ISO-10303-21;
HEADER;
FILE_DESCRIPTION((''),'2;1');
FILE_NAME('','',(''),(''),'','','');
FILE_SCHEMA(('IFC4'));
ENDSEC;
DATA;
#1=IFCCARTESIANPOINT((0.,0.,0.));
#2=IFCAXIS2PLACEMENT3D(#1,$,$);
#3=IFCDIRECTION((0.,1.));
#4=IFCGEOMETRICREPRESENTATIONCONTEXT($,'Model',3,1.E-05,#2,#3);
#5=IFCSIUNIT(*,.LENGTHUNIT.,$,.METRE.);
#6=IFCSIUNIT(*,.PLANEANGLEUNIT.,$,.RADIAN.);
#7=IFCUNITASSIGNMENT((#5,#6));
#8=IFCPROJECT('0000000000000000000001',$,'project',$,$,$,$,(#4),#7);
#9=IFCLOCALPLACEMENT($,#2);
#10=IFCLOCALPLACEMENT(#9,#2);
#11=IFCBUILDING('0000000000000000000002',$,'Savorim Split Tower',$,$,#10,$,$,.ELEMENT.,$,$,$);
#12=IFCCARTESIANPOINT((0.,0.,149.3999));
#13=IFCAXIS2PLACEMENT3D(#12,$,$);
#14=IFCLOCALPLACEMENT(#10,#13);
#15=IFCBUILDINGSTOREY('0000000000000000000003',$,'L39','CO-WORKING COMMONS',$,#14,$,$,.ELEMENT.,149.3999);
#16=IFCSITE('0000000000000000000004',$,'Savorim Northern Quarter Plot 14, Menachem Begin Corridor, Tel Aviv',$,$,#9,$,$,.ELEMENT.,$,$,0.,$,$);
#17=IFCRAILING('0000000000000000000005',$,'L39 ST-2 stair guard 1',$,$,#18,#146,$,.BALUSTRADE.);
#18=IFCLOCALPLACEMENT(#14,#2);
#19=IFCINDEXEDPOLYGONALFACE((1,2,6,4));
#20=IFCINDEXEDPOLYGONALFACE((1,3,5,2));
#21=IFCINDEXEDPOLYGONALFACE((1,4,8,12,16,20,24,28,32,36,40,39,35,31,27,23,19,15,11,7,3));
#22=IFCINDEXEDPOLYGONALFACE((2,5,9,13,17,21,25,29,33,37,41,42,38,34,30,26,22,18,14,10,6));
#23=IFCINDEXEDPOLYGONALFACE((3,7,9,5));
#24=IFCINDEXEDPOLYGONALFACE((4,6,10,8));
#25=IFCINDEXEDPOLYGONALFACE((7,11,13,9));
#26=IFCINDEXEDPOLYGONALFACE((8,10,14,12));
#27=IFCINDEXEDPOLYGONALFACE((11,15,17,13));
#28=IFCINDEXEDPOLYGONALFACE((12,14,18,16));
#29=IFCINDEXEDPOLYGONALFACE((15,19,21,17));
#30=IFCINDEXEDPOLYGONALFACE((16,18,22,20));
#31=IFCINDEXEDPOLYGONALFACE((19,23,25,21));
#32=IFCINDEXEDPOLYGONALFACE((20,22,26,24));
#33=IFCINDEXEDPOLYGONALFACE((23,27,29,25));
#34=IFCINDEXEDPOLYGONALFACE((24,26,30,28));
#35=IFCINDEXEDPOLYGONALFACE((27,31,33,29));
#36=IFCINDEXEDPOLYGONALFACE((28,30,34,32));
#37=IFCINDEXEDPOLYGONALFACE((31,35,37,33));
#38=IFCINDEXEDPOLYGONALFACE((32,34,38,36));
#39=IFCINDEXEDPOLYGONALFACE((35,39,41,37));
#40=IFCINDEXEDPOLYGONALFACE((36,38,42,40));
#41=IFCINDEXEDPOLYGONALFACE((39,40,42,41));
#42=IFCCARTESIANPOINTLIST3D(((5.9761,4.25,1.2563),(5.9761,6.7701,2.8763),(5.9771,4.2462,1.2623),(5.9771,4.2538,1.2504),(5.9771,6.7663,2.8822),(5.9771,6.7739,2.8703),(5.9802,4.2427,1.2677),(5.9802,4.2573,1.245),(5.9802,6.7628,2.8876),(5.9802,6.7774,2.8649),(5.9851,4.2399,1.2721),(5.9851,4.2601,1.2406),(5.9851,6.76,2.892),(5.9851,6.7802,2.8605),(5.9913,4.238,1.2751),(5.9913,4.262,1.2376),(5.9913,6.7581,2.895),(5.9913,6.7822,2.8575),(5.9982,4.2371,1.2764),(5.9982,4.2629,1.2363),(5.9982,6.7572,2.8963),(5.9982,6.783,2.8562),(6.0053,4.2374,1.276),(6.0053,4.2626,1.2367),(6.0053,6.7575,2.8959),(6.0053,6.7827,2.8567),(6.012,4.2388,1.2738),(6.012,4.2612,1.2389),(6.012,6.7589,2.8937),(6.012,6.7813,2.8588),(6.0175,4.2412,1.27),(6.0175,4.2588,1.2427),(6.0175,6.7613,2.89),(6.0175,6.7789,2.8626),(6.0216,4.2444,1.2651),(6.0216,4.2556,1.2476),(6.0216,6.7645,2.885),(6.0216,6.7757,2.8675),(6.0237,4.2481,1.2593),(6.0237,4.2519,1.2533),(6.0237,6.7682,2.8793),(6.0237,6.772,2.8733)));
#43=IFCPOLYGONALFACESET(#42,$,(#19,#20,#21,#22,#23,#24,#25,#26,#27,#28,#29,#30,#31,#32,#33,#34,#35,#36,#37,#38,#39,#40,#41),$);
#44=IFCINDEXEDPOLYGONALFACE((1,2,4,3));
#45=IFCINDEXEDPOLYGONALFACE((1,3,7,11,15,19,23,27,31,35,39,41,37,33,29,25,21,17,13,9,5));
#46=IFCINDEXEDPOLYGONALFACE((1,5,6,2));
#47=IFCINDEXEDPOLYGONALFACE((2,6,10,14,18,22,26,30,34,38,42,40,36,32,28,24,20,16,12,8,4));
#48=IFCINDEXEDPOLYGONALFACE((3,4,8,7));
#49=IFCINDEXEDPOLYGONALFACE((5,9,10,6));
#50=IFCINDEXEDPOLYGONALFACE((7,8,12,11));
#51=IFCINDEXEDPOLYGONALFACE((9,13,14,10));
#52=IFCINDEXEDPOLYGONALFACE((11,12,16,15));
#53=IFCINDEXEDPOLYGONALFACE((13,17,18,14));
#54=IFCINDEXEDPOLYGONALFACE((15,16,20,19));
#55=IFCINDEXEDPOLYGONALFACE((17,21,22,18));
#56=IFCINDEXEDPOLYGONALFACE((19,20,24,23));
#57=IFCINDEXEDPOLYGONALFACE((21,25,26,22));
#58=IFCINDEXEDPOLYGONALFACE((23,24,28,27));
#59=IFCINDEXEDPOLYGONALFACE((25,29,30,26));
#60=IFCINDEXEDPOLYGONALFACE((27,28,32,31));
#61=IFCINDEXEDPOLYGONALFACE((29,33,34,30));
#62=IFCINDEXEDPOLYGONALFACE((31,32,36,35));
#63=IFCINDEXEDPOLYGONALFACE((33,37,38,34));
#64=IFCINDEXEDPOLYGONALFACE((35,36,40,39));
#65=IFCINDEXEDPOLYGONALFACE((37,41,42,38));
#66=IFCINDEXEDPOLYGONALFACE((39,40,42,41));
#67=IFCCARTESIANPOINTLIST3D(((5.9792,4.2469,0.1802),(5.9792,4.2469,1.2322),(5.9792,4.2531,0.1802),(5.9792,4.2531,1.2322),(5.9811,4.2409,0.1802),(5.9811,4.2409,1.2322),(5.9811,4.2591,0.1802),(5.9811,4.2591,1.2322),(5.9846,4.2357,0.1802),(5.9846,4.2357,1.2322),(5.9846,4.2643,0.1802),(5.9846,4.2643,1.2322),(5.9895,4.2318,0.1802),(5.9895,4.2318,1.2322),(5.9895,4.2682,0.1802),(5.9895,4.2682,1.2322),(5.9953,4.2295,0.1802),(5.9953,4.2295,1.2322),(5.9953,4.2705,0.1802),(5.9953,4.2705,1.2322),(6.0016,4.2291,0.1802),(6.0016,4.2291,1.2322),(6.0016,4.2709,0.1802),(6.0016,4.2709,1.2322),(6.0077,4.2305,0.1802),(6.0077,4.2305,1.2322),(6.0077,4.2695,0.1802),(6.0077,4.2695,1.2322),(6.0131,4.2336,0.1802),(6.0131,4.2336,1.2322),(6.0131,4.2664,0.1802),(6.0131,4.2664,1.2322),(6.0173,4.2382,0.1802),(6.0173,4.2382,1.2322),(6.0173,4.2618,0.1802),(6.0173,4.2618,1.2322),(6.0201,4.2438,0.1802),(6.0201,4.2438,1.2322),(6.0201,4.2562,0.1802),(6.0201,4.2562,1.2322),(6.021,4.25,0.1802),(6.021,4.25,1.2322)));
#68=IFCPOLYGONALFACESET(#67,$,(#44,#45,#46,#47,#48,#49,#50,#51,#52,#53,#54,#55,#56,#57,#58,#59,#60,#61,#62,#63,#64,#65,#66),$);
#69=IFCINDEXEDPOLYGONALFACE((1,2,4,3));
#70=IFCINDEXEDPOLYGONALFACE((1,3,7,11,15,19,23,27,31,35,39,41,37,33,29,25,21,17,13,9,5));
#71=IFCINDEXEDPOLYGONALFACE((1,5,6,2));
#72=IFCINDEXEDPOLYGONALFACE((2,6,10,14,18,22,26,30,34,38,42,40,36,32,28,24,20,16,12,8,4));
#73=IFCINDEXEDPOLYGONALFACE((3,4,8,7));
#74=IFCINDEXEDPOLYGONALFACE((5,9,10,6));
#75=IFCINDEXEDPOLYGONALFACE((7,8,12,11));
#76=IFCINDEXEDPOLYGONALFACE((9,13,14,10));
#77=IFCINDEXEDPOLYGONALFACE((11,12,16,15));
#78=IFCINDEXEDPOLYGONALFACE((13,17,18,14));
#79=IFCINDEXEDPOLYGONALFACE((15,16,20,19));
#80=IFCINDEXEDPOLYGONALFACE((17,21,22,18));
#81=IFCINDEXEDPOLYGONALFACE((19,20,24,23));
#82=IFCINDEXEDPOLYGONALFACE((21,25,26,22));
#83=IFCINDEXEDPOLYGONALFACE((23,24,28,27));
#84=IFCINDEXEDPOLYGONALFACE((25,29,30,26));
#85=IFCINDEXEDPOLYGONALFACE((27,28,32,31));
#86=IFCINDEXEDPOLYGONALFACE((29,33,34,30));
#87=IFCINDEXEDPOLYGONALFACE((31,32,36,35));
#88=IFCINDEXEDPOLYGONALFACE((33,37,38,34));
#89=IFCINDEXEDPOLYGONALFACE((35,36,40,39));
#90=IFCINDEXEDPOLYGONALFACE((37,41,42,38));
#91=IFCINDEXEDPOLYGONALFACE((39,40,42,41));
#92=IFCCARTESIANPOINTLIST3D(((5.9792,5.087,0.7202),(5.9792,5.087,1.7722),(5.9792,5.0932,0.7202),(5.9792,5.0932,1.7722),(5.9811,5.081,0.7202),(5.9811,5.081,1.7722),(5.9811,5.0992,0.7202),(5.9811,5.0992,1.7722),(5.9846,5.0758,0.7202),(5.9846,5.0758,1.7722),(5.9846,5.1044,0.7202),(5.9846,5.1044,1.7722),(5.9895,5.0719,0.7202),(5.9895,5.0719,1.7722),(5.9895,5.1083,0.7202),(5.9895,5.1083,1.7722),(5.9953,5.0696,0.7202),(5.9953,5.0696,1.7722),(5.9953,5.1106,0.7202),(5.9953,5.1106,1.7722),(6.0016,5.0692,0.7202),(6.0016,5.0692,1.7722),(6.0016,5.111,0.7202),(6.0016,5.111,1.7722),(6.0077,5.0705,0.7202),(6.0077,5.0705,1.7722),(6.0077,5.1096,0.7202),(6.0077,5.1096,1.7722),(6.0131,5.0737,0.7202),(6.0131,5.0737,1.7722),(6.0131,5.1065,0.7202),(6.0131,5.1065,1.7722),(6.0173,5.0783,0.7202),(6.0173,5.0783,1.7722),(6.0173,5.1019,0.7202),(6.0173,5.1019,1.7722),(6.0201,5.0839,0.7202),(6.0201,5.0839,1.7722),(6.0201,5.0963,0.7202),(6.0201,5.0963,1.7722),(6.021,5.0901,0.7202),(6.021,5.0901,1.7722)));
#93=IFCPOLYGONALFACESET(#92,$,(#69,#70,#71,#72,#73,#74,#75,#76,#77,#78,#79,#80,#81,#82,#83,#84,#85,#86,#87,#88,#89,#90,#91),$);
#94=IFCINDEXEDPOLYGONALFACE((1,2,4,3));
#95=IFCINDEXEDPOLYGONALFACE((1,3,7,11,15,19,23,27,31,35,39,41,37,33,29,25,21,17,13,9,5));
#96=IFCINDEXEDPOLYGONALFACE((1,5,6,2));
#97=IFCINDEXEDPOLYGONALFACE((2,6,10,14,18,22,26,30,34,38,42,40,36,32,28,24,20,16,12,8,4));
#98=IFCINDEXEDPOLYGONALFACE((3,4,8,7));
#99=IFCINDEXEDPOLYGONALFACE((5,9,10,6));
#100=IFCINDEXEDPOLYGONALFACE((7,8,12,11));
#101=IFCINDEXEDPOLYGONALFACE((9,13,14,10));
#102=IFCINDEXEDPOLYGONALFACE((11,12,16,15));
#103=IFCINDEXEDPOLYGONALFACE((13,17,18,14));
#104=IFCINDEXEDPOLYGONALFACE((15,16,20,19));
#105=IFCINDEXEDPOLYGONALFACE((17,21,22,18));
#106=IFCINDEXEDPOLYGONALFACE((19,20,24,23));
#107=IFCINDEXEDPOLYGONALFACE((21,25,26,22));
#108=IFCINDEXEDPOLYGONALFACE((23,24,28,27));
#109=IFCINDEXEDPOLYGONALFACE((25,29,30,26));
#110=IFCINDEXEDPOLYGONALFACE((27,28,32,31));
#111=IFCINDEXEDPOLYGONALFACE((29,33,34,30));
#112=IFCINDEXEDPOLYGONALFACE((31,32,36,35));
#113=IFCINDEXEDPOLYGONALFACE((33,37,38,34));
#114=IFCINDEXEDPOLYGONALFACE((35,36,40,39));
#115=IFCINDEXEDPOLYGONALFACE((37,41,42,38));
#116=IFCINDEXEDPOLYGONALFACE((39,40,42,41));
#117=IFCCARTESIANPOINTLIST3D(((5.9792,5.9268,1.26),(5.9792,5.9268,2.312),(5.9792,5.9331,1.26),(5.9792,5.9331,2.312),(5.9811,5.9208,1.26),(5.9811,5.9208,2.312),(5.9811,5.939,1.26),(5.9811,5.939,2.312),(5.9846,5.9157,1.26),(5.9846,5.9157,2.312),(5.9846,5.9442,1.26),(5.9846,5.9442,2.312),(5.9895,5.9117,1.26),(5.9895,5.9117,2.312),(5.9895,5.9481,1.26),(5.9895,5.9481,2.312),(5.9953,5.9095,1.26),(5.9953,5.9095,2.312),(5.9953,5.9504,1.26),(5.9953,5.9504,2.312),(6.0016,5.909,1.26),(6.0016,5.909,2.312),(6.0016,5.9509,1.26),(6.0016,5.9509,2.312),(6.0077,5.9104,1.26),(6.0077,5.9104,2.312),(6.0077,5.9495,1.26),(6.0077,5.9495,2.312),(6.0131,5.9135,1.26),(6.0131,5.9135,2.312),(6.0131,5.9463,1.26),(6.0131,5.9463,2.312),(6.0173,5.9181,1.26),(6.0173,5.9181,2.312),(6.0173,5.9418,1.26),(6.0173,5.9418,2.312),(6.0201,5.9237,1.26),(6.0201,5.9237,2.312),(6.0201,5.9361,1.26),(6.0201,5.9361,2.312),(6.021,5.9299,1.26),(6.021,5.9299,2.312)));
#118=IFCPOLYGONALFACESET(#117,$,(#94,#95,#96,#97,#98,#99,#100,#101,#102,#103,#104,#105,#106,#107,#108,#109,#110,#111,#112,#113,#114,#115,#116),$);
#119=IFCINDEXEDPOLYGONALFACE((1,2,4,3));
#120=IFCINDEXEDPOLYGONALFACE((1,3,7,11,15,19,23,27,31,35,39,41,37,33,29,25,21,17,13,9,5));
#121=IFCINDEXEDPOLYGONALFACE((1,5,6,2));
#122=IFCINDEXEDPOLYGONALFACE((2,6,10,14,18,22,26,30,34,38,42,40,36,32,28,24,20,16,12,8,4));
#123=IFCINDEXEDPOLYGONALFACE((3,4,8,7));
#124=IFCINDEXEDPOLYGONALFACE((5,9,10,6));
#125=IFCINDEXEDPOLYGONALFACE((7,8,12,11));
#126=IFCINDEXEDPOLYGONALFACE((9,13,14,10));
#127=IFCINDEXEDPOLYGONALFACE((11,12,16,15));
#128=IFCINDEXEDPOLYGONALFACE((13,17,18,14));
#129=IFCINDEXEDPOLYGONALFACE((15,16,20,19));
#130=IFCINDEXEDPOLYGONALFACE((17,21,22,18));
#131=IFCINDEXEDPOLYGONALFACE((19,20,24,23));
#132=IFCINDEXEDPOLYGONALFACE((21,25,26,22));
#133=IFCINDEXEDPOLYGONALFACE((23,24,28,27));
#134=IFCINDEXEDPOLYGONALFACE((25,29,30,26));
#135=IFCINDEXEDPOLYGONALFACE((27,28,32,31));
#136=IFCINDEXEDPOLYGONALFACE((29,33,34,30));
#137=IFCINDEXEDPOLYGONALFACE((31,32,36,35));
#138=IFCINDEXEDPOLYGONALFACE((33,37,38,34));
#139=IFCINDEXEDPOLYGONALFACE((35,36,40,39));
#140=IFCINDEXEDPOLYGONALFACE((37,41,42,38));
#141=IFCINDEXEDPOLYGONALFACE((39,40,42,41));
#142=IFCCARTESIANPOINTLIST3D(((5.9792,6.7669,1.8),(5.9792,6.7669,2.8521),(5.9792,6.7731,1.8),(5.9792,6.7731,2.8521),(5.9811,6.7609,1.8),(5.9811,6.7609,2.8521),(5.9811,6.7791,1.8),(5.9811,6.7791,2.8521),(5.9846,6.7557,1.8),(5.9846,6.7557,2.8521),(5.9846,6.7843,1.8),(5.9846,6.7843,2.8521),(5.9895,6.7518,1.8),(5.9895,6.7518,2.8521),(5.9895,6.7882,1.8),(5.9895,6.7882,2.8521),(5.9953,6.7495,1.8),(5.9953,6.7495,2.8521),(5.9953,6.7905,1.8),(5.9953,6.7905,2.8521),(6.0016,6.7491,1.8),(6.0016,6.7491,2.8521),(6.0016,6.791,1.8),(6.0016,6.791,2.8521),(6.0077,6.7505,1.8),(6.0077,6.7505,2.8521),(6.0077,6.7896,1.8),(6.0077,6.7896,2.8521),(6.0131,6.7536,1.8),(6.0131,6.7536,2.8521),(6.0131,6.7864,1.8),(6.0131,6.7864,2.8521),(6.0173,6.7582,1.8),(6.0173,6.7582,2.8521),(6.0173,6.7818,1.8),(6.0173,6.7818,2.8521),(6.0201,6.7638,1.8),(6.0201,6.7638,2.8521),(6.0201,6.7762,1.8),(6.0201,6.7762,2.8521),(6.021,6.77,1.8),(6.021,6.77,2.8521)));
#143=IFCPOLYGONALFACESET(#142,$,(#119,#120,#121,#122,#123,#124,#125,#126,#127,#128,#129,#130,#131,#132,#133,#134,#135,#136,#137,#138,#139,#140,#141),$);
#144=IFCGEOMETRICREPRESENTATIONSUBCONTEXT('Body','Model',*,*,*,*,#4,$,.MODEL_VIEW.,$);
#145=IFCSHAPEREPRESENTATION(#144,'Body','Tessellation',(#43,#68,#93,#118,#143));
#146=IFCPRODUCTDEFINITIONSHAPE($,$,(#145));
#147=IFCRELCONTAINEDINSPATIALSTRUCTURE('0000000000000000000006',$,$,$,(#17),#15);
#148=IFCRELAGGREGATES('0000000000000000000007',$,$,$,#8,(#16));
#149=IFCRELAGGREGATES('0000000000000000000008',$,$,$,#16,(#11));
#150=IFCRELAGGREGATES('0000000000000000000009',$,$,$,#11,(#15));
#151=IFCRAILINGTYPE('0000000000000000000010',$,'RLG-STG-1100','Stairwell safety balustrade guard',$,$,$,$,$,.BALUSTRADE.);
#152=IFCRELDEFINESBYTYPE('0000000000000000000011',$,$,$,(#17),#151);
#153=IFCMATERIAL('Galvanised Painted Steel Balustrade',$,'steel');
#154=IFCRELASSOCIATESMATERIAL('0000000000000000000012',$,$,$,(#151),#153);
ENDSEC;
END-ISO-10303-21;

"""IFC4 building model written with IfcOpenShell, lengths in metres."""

from ifc_helpers import new_model, si_unit, direction, frame, origin, origin_2d, place, context, subcontext, project, spatial, circle, extrude, material, type_object, element, save


model = new_model("IFC4")

# Units and contexts
model_context = context("Model", 3, precision=1e-05, world=origin(), true_north=direction((0.0, 1.0)))
body_context = subcontext(model_context, "Body", "Model", "MODEL_VIEW")
ifc_project = project(units=[si_unit("LENGTHUNIT", "METRE"), si_unit("PLANEANGLEUNIT", "RADIAN")], contexts=[model_context])

# Site, building, storey
site_placement = place(None, origin())
site = spatial("IfcSite", under=ifc_project, at=site_placement, Name="Savorim Northern Quarter Plot 14, Menachem Begin Corridor, Tel Aviv", CompositionType="ELEMENT", RefElevation=0.0)
building_placement = place(site_placement, origin())
building = spatial("IfcBuilding", under=site, at=building_placement, Name="Savorim Split Tower", CompositionType="ELEMENT")
storey_placement = place(building_placement, frame((0.0, 0.0, 149.3999)))
storey = spatial("IfcBuildingStorey", under=building, at=storey_placement, Name="L39", Description="CO-WORKING COMMONS", CompositionType="ELEMENT", Elevation=149.3999)

# Railing
ifc_material_1 = material(Name="Galvanised Painted Steel Balustrade", Category="steel")
railing_type_1 = type_object("IfcRailingType", Name="RLG-STG-1100", Description="Stairwell safety balustrade guard", PredefinedType="BALUSTRADE", material=ifc_material_1)
railing_1_placement = place(storey_placement, frame((6.0, 4.25, 0.1802)))
element("IfcRailing", 1, at=railing_1_placement, inside=storey, type_object=railing_type_1, Name="L39 ST-2 stair guard 1", PredefinedType="BALUSTRADE", context=body_context, shape_type="SweptSolid", body=[
    extrude(circle(Radius=0.0239, at=origin_2d()), frame((0.0, 0.0, 1.0762), z_axis=(0.0, 0.8412, 0.540725), x_axis=(-1.0, 0.0, 0.0)), (0.0, 0.0, 1.0), 2.9958),
    extrude(circle(Radius=0.021, at=origin_2d()), origin(), (0.0, 0.0, 1.0), 1.052),
    extrude(circle(Radius=0.021, at=origin_2d()), frame((0.0, 0.8401, 0.54)), (0.0, 0.0, 1.0), 1.052),
    extrude(circle(Radius=0.021, at=origin_2d()), frame((0.0, 1.6799, 1.0798)), (0.0, 0.0, 1.0), 1.052),
    extrude(circle(Radius=0.021, at=origin_2d()), frame((0.0, 2.52, 1.6199)), (0.0, 0.0, 1.0), 1.052),
])

save(model, "model.ifc")
